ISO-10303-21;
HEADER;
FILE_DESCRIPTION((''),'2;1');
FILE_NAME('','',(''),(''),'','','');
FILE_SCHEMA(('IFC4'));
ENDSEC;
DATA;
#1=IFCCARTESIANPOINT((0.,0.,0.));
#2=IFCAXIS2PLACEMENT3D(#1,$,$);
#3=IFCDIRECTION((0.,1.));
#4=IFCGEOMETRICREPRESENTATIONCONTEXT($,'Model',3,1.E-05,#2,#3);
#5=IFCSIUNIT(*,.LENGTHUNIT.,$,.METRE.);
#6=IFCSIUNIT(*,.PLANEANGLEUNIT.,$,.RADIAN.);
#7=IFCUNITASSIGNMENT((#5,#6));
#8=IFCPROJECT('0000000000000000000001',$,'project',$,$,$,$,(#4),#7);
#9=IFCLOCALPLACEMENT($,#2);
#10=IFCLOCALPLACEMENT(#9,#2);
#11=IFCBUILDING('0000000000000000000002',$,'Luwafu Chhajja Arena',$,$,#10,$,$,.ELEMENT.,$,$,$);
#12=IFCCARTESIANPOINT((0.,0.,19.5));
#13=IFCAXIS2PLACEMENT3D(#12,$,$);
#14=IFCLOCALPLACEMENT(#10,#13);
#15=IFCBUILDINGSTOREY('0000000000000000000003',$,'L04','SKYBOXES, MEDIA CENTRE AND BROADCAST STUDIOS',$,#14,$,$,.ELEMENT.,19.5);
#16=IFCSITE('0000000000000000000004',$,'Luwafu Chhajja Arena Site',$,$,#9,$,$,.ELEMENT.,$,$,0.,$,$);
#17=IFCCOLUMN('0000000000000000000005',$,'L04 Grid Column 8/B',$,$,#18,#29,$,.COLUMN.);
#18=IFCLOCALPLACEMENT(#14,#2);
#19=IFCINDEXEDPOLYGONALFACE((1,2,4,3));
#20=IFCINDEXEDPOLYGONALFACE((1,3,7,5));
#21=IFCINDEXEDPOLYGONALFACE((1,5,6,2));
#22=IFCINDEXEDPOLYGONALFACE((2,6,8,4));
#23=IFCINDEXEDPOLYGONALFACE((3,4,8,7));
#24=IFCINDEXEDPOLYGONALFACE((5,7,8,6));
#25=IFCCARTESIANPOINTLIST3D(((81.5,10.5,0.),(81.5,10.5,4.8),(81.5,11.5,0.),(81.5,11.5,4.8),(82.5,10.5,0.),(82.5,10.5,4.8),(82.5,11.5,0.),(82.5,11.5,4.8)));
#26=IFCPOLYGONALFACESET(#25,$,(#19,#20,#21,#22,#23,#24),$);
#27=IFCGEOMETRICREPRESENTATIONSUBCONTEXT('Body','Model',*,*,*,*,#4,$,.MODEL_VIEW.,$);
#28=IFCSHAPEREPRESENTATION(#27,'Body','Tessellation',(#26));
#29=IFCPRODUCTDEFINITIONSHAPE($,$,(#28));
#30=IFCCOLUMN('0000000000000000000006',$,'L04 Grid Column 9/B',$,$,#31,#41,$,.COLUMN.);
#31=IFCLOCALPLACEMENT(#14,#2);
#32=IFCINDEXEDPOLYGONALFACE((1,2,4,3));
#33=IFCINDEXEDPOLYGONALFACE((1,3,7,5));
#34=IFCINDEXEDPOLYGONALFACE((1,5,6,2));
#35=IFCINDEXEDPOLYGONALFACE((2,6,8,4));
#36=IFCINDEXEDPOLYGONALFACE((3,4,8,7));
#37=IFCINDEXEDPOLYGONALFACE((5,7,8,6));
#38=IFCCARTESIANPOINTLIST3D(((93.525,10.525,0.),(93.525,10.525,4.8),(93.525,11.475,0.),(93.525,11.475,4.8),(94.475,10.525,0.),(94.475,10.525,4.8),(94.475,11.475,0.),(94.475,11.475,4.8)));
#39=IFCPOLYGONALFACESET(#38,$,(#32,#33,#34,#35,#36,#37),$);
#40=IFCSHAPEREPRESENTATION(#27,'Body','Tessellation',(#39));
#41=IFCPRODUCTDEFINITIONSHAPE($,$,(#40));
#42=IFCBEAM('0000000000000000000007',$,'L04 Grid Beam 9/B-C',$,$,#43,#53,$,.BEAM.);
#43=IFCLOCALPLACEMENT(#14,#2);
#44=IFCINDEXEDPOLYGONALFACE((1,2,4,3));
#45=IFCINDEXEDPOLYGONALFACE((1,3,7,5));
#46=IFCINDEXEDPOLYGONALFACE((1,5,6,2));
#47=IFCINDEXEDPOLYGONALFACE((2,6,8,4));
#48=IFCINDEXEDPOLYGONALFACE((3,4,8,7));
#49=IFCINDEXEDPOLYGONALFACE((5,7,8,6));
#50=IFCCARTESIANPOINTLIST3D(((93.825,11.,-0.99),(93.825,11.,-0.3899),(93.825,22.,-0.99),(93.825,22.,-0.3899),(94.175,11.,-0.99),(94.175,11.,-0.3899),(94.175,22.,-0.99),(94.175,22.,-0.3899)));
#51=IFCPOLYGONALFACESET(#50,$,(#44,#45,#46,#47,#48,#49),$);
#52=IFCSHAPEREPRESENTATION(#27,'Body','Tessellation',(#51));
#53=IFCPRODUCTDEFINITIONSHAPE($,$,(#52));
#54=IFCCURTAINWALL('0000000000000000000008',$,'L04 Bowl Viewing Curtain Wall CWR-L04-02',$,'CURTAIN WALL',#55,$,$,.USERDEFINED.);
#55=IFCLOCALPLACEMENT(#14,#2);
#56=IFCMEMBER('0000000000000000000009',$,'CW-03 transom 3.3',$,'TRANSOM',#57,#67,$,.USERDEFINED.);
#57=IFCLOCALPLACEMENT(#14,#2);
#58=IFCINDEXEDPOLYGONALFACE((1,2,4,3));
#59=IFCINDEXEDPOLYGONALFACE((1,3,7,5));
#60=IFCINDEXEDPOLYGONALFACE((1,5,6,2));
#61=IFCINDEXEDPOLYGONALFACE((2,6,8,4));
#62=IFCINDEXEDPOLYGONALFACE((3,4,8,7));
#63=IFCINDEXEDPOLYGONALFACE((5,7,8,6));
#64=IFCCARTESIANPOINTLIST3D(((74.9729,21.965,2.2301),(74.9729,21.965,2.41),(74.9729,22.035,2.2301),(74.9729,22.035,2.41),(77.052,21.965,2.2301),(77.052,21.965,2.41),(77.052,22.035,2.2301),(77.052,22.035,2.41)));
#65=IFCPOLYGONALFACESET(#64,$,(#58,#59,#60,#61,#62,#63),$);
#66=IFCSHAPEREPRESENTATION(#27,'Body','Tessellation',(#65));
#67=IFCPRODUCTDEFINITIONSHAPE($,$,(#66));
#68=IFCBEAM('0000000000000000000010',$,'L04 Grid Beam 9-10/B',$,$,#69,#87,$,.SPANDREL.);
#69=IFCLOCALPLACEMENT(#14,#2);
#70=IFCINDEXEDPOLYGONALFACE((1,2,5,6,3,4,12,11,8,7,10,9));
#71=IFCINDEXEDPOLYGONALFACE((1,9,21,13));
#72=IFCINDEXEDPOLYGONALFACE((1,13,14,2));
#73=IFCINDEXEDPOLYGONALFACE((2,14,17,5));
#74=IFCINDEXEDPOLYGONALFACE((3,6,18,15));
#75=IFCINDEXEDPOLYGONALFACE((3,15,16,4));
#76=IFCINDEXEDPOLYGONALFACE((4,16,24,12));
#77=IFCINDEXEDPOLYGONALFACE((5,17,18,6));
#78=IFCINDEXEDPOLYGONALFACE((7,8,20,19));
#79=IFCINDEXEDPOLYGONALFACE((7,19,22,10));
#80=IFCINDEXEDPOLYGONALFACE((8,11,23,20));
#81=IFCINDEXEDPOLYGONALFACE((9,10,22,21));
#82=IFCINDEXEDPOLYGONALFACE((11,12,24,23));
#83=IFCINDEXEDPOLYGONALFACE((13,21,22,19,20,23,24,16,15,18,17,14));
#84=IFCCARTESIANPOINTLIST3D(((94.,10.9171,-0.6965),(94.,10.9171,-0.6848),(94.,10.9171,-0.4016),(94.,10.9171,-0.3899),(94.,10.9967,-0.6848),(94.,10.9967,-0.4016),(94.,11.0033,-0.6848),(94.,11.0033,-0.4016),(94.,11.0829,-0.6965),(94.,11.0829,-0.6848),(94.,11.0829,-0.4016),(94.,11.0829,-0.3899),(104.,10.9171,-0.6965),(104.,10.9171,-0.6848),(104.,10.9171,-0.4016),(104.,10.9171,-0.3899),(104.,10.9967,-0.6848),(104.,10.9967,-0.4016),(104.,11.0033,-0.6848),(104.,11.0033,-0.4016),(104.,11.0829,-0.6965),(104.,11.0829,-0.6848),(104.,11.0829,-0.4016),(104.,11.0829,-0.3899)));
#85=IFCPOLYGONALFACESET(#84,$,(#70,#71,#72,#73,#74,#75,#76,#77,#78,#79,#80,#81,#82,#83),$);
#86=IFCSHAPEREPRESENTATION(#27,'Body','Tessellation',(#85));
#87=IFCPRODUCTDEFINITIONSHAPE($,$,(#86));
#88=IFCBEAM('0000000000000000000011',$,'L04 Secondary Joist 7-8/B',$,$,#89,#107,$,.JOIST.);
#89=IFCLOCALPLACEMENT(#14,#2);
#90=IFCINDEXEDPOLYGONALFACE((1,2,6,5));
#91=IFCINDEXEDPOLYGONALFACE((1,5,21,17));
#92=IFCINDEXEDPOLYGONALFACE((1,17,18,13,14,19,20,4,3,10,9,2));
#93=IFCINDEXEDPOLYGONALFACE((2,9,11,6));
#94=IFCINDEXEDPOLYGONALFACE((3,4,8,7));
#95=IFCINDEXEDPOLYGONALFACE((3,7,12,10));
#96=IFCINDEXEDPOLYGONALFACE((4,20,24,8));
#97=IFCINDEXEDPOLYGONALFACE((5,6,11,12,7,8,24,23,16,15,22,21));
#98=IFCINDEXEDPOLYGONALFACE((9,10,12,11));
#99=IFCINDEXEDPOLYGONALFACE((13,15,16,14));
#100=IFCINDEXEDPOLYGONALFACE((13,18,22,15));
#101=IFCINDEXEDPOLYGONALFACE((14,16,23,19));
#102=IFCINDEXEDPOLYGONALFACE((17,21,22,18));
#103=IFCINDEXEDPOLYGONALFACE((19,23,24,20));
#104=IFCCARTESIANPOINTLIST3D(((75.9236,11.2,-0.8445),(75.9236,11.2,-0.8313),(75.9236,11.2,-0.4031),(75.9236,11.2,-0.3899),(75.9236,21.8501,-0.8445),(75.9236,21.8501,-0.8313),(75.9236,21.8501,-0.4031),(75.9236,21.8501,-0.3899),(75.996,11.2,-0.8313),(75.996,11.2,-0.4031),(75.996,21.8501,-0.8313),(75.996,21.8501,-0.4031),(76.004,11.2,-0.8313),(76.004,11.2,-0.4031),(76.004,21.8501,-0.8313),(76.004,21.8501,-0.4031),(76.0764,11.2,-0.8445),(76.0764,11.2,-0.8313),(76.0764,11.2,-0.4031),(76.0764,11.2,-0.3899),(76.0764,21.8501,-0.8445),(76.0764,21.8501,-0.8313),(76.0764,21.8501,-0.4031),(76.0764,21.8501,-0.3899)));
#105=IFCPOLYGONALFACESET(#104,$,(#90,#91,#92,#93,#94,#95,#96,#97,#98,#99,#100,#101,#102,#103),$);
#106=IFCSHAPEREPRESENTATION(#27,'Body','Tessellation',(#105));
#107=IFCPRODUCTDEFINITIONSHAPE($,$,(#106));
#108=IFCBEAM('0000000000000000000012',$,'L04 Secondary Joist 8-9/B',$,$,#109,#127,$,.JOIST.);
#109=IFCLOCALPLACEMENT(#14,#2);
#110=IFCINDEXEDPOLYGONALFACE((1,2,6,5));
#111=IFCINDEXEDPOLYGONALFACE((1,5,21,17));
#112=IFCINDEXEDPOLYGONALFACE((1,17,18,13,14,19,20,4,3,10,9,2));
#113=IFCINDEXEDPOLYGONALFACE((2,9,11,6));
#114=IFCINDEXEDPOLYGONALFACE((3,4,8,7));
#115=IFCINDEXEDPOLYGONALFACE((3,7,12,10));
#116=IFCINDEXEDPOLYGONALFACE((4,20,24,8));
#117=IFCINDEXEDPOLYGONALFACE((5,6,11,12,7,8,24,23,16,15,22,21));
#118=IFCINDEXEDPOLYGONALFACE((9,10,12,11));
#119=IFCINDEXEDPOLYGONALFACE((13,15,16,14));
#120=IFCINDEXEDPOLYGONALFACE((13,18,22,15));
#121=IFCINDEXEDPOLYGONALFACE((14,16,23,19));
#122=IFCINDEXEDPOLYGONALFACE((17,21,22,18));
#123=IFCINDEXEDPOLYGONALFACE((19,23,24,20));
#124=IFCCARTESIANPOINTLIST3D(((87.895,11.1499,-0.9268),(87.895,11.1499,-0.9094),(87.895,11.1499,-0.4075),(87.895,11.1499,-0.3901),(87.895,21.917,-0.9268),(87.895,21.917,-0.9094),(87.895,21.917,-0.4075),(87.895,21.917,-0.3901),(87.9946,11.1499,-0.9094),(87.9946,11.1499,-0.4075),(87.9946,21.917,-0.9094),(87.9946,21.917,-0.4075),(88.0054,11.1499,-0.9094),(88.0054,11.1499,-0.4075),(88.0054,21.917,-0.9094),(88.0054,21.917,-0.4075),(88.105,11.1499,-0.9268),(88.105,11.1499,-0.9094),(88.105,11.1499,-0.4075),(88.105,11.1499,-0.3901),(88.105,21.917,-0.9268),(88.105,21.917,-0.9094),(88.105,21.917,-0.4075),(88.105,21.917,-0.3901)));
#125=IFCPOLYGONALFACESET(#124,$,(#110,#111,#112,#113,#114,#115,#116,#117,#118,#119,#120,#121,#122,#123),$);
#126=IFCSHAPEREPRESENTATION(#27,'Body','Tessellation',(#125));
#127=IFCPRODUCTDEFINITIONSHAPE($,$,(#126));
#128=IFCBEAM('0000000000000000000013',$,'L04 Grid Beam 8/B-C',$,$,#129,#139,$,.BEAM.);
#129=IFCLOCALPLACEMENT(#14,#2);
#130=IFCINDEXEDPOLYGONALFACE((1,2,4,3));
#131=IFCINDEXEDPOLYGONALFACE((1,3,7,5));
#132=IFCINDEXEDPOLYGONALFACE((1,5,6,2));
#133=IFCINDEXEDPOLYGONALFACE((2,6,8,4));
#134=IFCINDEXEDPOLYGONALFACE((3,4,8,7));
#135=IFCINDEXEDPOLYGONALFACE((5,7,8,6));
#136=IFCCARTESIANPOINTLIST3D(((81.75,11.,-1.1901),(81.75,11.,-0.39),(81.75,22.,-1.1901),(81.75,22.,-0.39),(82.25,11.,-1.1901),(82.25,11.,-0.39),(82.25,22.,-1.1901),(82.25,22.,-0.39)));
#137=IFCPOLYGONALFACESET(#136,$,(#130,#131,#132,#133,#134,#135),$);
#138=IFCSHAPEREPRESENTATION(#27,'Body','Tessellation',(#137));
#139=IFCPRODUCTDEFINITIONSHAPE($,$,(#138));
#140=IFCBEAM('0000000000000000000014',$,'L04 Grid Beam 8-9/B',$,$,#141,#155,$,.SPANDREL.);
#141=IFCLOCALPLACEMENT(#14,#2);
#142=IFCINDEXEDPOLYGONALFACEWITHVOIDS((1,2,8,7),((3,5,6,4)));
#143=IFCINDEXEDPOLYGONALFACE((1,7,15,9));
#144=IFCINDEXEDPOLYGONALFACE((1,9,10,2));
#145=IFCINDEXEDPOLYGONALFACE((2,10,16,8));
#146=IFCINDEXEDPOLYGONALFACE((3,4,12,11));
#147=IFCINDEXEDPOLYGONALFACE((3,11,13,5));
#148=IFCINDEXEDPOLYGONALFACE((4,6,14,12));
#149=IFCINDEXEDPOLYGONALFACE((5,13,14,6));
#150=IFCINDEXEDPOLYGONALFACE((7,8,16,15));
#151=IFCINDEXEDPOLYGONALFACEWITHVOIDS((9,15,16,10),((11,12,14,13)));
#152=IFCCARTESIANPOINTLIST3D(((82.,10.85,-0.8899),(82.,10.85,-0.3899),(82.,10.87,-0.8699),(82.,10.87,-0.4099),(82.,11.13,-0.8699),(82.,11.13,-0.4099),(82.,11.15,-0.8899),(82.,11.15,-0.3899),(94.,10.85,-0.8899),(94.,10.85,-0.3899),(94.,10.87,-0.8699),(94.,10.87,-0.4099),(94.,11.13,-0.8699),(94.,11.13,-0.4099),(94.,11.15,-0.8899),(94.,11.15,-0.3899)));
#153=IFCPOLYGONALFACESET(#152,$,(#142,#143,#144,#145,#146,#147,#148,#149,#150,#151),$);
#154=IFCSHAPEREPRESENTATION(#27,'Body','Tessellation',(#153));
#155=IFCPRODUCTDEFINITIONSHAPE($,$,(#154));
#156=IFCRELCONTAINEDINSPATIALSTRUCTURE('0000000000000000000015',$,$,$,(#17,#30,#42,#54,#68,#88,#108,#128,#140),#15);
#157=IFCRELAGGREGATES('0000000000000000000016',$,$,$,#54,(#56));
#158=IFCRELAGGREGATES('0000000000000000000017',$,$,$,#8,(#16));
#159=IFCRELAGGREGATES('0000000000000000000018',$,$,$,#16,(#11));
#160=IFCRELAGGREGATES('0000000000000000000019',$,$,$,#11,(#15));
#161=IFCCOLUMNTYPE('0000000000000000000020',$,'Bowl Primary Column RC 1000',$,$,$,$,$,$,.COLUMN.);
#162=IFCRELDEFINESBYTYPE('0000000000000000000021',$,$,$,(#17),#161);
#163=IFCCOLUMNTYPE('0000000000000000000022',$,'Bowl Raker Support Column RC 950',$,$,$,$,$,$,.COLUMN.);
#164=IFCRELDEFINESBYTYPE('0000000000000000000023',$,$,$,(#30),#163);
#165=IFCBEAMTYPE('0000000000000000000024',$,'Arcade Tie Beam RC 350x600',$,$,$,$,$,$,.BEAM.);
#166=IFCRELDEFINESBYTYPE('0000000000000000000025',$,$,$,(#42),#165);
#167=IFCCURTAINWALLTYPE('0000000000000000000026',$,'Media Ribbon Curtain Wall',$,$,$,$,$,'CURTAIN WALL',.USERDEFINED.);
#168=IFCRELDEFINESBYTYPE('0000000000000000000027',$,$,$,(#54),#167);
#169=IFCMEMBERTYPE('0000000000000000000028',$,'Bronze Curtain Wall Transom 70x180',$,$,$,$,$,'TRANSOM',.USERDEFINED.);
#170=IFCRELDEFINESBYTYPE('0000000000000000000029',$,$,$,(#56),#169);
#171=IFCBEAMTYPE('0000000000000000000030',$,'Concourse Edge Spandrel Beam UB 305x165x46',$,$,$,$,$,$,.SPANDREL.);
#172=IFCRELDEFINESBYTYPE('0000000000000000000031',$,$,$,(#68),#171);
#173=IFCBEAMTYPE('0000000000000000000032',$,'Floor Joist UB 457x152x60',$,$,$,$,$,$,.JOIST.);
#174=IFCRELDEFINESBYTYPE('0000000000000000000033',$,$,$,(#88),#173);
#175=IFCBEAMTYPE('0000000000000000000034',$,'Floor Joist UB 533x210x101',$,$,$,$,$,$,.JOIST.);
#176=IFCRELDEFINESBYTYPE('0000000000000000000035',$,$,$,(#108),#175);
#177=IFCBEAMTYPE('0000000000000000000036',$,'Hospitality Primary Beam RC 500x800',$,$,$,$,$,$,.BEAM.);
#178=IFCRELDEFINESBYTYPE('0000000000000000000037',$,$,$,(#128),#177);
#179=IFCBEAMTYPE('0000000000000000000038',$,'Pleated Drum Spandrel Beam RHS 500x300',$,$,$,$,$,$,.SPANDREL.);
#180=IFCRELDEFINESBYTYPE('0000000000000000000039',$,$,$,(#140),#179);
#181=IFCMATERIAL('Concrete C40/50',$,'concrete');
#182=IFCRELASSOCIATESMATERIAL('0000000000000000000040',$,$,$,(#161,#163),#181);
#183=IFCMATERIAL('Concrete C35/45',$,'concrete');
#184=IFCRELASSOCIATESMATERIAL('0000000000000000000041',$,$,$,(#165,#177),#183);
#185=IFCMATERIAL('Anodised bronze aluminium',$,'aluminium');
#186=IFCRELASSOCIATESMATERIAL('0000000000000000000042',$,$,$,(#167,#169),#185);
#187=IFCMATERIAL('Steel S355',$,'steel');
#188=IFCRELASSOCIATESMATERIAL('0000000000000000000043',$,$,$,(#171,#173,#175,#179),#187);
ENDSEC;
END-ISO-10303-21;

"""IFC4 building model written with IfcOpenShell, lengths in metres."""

from ifc_helpers import new_model, si_unit, direction, frame, origin, origin_2d, place, context, subcontext, project, spatial, rectangle, hollow_rectangle, i_section, extrude, material, material_profile, profile_set, type_object, element, aggregate, save


model = new_model("IFC4")

# Units and contexts
model_context = context("Model", 3, precision=1e-05, world=origin(), true_north=direction((0.0, 1.0)))
body_context = subcontext(model_context, "Body", "Model", "MODEL_VIEW")
ifc_project = project(units=[si_unit("LENGTHUNIT", "METRE"), si_unit("PLANEANGLEUNIT", "RADIAN")], contexts=[model_context])

# Site, building, storey
site_placement = place(None, origin())
site = spatial("IfcSite", under=ifc_project, at=site_placement, Name="Luwafu Chhajja Arena Site", CompositionType="ELEMENT", RefElevation=0.0)
building_placement = place(site_placement, origin())
building = spatial("IfcBuilding", under=site, at=building_placement, Name="Luwafu Chhajja Arena", CompositionType="ELEMENT")
storey_placement = place(building_placement, frame((0.0, 0.0, 19.5)))
storey = spatial("IfcBuildingStorey", under=building, at=storey_placement, Name="L04", Description="SKYBOXES, MEDIA CENTRE AND BROADCAST STUDIOS", CompositionType="ELEMENT", Elevation=19.5)

# Columns
ifc_material_1 = material(Name="Concrete C40/50", Category="concrete")
ifc_material_profile_1 = material_profile(ifc_material_1, rectangle(XDim=1.0, YDim=1.0, at=origin_2d()), Name="RC 1000x1000")
ifc_profile_set_1 = profile_set([ifc_material_profile_1], Name="Concrete C40/50")
column_type_1 = type_object("IfcColumnType", Name="Bowl Primary Column RC 1000", PredefinedType="COLUMN", material=ifc_profile_set_1)
column_1_placement = place(storey_placement, frame((82.0, 11.0, 0.0), z_axis=(0.0, 0.0, 1.0), x_axis=(1.0, 0.0, 0.0)))
element("IfcColumn", 1, at=column_1_placement, inside=storey, type_object=column_type_1, Name="L04 Grid Column 8/B", PredefinedType="COLUMN", context=body_context, shape_type="SweptSolid", body=[
    extrude(rectangle(XDim=1.0, YDim=1.0, at=origin_2d()), origin(), (0.0, 0.0, 1.0), 4.8),
])
ifc_material_profile_2 = material_profile(ifc_material_1, rectangle(XDim=0.95, YDim=0.95, at=origin_2d()), Name="RC 950x950")
ifc_profile_set_2 = profile_set([ifc_material_profile_2], Name="Concrete C40/50")
column_type_2 = type_object("IfcColumnType", Name="Bowl Raker Support Column RC 950", PredefinedType="COLUMN", material=ifc_profile_set_2)
column_2_placement = place(storey_placement, frame((94.0, 11.0, 0.0), z_axis=(0.0, 0.0, 1.0), x_axis=(1.0, 0.0, 0.0)))
element("IfcColumn", 2, at=column_2_placement, inside=storey, type_object=column_type_2, Name="L04 Grid Column 9/B", PredefinedType="COLUMN", context=body_context, shape_type="SweptSolid", body=[
    extrude(rectangle(XDim=0.95, YDim=0.95, at=origin_2d()), origin(), (0.0, 0.0, 1.0), 4.8),
])

# Beam
ifc_material_2 = material(Name="Concrete C35/45", Category="concrete")
ifc_material_profile_3 = material_profile(ifc_material_2, rectangle(XDim=0.3501, YDim=0.6001, at=origin_2d()), Name="RC 350x600")
ifc_profile_set_3 = profile_set([ifc_material_profile_3], Name="Concrete C35/45")
beam_type_1 = type_object("IfcBeamType", Name="Arcade Tie Beam RC 350x600", PredefinedType="BEAM", material=ifc_profile_set_3)
beam_1_placement = place(storey_placement, frame((94.0, 11.0, -0.6899), z_axis=(0.0, 1.0, 0.0), x_axis=(-1.0, 0.0, 0.0)))
element("IfcBeam", 3, at=beam_1_placement, inside=storey, type_object=beam_type_1, Name="L04 Grid Beam 9/B-C", PredefinedType="BEAM", context=body_context, shape_type="SweptSolid", body=[
    extrude(rectangle(XDim=0.3501, YDim=0.6001, at=origin_2d()), origin(), (0.0, 0.0, 1.0), 11.0),
])

# Curtain wall, member
ifc_material_3 = material(Name="Anodised bronze aluminium", Category="aluminium")
curtain_wall_type = type_object("IfcCurtainWallType", Name="Media Ribbon Curtain Wall", ElementType="CURTAIN WALL", PredefinedType="USERDEFINED", material=ifc_material_3)
curtain_wall_placement = place(storey_placement, origin())
curtain_wall = element("IfcCurtainWall", 4, at=curtain_wall_placement, inside=storey, type_object=curtain_wall_type, Name="L04 Bowl Viewing Curtain Wall CWR-L04-02", ObjectType="CURTAIN WALL", PredefinedType="USERDEFINED")
ifc_material_profile_4 = material_profile(ifc_material_3, rectangle(XDim=0.0701, YDim=0.1799, at=origin_2d()), Name="CWT 70x180")
ifc_profile_set_4 = profile_set([ifc_material_profile_4], Name="Anodised bronze aluminium")
member_type = type_object("IfcMemberType", Name="Bronze Curtain Wall Transom 70x180", ElementType="TRANSOM", PredefinedType="USERDEFINED", material=ifc_profile_set_4)
member_placement = place(storey_placement, frame((74.9729, 22.0, 2.3201), z_axis=(1.0, 0.0, 0.0), x_axis=(0.0, 1.0, 0.0)))
member = element("IfcMember", 5, at=member_placement, type_object=member_type, Name="CW-03 transom 3.3", ObjectType="TRANSOM", PredefinedType="USERDEFINED", context=body_context, shape_type="SweptSolid", body=[
    extrude(rectangle(XDim=0.0701, YDim=0.1799, at=origin_2d()), origin(), (0.0, 0.0, 1.0), 2.0791),
])
aggregate(curtain_wall, [member])

# Beams
ifc_material_4 = material(Name="Steel S355", Category="steel")
ifc_material_profile_5 = material_profile(ifc_material_4, i_section(OverallWidth=0.1658, OverallDepth=0.3066, WebThickness=0.0066, FlangeThickness=0.0117, at=origin_2d()), Name="UB 305x165x46")
ifc_profile_set_5 = profile_set([ifc_material_profile_5], Name="Steel S355")
beam_type_2 = type_object("IfcBeamType", Name="Concourse Edge Spandrel Beam UB 305x165x46", PredefinedType="SPANDREL", material=ifc_profile_set_5)
beam_2_placement = place(storey_placement, frame((94.0, 11.0, -0.5432), z_axis=(1.0, 0.0, 0.0), x_axis=(0.0, 1.0, 0.0)))
element("IfcBeam", 6, at=beam_2_placement, inside=storey, type_object=beam_type_2, Name="L04 Grid Beam 9-10/B", PredefinedType="SPANDREL", context=body_context, shape_type="SweptSolid", body=[
    extrude(i_section(OverallWidth=0.1658, OverallDepth=0.3066, WebThickness=0.0066, FlangeThickness=0.0117, at=origin_2d()), origin(), (0.0, 0.0, 1.0), 10.0),
])
ifc_material_profile_6 = material_profile(ifc_material_4, i_section(OverallWidth=0.1528, OverallDepth=0.4546, WebThickness=0.0081, FlangeThickness=0.0132, at=origin_2d()), Name="UB 457x152x60")
ifc_profile_set_6 = profile_set([ifc_material_profile_6], Name="Steel S355")
beam_type_3 = type_object("IfcBeamType", Name="Floor Joist UB 457x152x60", PredefinedType="JOIST", material=ifc_profile_set_6)
beam_3_placement = place(storey_placement, frame((76.0, 11.2, -0.6172), z_axis=(0.0, 1.0, 0.0), x_axis=(-1.0, 0.0, 0.0)))
element("IfcBeam", 7, at=beam_3_placement, inside=storey, type_object=beam_type_3, Name="L04 Secondary Joist 7-8/B", PredefinedType="JOIST", context=body_context, shape_type="SweptSolid", body=[
    extrude(i_section(OverallWidth=0.1528, OverallDepth=0.4546, WebThickness=0.0081, FlangeThickness=0.0132, at=origin_2d()), origin(), (0.0, 0.0, 1.0), 10.6501),
])
ifc_material_profile_7 = material_profile(ifc_material_4, i_section(OverallWidth=0.21, OverallDepth=0.5366, WebThickness=0.0107, FlangeThickness=0.0173, at=origin_2d()), Name="UB 533x210x101")
ifc_profile_set_7 = profile_set([ifc_material_profile_7], Name="Steel S355")
beam_type_4 = type_object("IfcBeamType", Name="Floor Joist UB 533x210x101", PredefinedType="JOIST", material=ifc_profile_set_7)
beam_4_placement = place(storey_placement, frame((88.0, 11.1499, -0.6584), z_axis=(0.0, 1.0, 0.0), x_axis=(-1.0, 0.0, 0.0)))
element("IfcBeam", 8, at=beam_4_placement, inside=storey, type_object=beam_type_4, Name="L04 Secondary Joist 8-9/B", PredefinedType="JOIST", context=body_context, shape_type="SweptSolid", body=[
    extrude(i_section(OverallWidth=0.21, OverallDepth=0.5366, WebThickness=0.0107, FlangeThickness=0.0173, at=origin_2d()), origin(), (0.0, 0.0, 1.0), 10.7671),
])
ifc_material_profile_8 = material_profile(ifc_material_2, rectangle(XDim=0.5, YDim=0.8, at=origin_2d()), Name="RC 500x800")
ifc_profile_set_8 = profile_set([ifc_material_profile_8], Name="Concrete C35/45")
beam_type_5 = type_object("IfcBeamType", Name="Hospitality Primary Beam RC 500x800", PredefinedType="BEAM", material=ifc_profile_set_8)
beam_5_placement = place(storey_placement, frame((82.0, 11.0, -0.79), z_axis=(0.0, 1.0, 0.0), x_axis=(-1.0, 0.0, 0.0)))
element("IfcBeam", 9, at=beam_5_placement, inside=storey, type_object=beam_type_5, Name="L04 Grid Beam 8/B-C", PredefinedType="BEAM", context=body_context, shape_type="SweptSolid", body=[
    extrude(rectangle(XDim=0.5, YDim=0.8, at=origin_2d()), origin(), (0.0, 0.0, 1.0), 11.0),
])
ifc_material_profile_9 = material_profile(ifc_material_4, hollow_rectangle(XDim=0.3, YDim=0.5, WallThickness=0.02, at=origin_2d()), Name="RHS 500x300x20")
ifc_profile_set_9 = profile_set([ifc_material_profile_9], Name="Steel S355")
beam_type_6 = type_object("IfcBeamType", Name="Pleated Drum Spandrel Beam RHS 500x300", PredefinedType="SPANDREL", material=ifc_profile_set_9)
beam_6_placement = place(storey_placement, frame((82.0, 11.0, -0.6399), z_axis=(1.0, 0.0, 0.0), x_axis=(0.0, 1.0, 0.0)))
element("IfcBeam", 10, at=beam_6_placement, inside=storey, type_object=beam_type_6, Name="L04 Grid Beam 8-9/B", PredefinedType="SPANDREL", context=body_context, shape_type="SweptSolid", body=[
    extrude(hollow_rectangle(XDim=0.3, YDim=0.5, WallThickness=0.02, at=origin_2d()), origin(), (0.0, 0.0, 1.0), 12.0),
])

save(model, "model.ifc")
